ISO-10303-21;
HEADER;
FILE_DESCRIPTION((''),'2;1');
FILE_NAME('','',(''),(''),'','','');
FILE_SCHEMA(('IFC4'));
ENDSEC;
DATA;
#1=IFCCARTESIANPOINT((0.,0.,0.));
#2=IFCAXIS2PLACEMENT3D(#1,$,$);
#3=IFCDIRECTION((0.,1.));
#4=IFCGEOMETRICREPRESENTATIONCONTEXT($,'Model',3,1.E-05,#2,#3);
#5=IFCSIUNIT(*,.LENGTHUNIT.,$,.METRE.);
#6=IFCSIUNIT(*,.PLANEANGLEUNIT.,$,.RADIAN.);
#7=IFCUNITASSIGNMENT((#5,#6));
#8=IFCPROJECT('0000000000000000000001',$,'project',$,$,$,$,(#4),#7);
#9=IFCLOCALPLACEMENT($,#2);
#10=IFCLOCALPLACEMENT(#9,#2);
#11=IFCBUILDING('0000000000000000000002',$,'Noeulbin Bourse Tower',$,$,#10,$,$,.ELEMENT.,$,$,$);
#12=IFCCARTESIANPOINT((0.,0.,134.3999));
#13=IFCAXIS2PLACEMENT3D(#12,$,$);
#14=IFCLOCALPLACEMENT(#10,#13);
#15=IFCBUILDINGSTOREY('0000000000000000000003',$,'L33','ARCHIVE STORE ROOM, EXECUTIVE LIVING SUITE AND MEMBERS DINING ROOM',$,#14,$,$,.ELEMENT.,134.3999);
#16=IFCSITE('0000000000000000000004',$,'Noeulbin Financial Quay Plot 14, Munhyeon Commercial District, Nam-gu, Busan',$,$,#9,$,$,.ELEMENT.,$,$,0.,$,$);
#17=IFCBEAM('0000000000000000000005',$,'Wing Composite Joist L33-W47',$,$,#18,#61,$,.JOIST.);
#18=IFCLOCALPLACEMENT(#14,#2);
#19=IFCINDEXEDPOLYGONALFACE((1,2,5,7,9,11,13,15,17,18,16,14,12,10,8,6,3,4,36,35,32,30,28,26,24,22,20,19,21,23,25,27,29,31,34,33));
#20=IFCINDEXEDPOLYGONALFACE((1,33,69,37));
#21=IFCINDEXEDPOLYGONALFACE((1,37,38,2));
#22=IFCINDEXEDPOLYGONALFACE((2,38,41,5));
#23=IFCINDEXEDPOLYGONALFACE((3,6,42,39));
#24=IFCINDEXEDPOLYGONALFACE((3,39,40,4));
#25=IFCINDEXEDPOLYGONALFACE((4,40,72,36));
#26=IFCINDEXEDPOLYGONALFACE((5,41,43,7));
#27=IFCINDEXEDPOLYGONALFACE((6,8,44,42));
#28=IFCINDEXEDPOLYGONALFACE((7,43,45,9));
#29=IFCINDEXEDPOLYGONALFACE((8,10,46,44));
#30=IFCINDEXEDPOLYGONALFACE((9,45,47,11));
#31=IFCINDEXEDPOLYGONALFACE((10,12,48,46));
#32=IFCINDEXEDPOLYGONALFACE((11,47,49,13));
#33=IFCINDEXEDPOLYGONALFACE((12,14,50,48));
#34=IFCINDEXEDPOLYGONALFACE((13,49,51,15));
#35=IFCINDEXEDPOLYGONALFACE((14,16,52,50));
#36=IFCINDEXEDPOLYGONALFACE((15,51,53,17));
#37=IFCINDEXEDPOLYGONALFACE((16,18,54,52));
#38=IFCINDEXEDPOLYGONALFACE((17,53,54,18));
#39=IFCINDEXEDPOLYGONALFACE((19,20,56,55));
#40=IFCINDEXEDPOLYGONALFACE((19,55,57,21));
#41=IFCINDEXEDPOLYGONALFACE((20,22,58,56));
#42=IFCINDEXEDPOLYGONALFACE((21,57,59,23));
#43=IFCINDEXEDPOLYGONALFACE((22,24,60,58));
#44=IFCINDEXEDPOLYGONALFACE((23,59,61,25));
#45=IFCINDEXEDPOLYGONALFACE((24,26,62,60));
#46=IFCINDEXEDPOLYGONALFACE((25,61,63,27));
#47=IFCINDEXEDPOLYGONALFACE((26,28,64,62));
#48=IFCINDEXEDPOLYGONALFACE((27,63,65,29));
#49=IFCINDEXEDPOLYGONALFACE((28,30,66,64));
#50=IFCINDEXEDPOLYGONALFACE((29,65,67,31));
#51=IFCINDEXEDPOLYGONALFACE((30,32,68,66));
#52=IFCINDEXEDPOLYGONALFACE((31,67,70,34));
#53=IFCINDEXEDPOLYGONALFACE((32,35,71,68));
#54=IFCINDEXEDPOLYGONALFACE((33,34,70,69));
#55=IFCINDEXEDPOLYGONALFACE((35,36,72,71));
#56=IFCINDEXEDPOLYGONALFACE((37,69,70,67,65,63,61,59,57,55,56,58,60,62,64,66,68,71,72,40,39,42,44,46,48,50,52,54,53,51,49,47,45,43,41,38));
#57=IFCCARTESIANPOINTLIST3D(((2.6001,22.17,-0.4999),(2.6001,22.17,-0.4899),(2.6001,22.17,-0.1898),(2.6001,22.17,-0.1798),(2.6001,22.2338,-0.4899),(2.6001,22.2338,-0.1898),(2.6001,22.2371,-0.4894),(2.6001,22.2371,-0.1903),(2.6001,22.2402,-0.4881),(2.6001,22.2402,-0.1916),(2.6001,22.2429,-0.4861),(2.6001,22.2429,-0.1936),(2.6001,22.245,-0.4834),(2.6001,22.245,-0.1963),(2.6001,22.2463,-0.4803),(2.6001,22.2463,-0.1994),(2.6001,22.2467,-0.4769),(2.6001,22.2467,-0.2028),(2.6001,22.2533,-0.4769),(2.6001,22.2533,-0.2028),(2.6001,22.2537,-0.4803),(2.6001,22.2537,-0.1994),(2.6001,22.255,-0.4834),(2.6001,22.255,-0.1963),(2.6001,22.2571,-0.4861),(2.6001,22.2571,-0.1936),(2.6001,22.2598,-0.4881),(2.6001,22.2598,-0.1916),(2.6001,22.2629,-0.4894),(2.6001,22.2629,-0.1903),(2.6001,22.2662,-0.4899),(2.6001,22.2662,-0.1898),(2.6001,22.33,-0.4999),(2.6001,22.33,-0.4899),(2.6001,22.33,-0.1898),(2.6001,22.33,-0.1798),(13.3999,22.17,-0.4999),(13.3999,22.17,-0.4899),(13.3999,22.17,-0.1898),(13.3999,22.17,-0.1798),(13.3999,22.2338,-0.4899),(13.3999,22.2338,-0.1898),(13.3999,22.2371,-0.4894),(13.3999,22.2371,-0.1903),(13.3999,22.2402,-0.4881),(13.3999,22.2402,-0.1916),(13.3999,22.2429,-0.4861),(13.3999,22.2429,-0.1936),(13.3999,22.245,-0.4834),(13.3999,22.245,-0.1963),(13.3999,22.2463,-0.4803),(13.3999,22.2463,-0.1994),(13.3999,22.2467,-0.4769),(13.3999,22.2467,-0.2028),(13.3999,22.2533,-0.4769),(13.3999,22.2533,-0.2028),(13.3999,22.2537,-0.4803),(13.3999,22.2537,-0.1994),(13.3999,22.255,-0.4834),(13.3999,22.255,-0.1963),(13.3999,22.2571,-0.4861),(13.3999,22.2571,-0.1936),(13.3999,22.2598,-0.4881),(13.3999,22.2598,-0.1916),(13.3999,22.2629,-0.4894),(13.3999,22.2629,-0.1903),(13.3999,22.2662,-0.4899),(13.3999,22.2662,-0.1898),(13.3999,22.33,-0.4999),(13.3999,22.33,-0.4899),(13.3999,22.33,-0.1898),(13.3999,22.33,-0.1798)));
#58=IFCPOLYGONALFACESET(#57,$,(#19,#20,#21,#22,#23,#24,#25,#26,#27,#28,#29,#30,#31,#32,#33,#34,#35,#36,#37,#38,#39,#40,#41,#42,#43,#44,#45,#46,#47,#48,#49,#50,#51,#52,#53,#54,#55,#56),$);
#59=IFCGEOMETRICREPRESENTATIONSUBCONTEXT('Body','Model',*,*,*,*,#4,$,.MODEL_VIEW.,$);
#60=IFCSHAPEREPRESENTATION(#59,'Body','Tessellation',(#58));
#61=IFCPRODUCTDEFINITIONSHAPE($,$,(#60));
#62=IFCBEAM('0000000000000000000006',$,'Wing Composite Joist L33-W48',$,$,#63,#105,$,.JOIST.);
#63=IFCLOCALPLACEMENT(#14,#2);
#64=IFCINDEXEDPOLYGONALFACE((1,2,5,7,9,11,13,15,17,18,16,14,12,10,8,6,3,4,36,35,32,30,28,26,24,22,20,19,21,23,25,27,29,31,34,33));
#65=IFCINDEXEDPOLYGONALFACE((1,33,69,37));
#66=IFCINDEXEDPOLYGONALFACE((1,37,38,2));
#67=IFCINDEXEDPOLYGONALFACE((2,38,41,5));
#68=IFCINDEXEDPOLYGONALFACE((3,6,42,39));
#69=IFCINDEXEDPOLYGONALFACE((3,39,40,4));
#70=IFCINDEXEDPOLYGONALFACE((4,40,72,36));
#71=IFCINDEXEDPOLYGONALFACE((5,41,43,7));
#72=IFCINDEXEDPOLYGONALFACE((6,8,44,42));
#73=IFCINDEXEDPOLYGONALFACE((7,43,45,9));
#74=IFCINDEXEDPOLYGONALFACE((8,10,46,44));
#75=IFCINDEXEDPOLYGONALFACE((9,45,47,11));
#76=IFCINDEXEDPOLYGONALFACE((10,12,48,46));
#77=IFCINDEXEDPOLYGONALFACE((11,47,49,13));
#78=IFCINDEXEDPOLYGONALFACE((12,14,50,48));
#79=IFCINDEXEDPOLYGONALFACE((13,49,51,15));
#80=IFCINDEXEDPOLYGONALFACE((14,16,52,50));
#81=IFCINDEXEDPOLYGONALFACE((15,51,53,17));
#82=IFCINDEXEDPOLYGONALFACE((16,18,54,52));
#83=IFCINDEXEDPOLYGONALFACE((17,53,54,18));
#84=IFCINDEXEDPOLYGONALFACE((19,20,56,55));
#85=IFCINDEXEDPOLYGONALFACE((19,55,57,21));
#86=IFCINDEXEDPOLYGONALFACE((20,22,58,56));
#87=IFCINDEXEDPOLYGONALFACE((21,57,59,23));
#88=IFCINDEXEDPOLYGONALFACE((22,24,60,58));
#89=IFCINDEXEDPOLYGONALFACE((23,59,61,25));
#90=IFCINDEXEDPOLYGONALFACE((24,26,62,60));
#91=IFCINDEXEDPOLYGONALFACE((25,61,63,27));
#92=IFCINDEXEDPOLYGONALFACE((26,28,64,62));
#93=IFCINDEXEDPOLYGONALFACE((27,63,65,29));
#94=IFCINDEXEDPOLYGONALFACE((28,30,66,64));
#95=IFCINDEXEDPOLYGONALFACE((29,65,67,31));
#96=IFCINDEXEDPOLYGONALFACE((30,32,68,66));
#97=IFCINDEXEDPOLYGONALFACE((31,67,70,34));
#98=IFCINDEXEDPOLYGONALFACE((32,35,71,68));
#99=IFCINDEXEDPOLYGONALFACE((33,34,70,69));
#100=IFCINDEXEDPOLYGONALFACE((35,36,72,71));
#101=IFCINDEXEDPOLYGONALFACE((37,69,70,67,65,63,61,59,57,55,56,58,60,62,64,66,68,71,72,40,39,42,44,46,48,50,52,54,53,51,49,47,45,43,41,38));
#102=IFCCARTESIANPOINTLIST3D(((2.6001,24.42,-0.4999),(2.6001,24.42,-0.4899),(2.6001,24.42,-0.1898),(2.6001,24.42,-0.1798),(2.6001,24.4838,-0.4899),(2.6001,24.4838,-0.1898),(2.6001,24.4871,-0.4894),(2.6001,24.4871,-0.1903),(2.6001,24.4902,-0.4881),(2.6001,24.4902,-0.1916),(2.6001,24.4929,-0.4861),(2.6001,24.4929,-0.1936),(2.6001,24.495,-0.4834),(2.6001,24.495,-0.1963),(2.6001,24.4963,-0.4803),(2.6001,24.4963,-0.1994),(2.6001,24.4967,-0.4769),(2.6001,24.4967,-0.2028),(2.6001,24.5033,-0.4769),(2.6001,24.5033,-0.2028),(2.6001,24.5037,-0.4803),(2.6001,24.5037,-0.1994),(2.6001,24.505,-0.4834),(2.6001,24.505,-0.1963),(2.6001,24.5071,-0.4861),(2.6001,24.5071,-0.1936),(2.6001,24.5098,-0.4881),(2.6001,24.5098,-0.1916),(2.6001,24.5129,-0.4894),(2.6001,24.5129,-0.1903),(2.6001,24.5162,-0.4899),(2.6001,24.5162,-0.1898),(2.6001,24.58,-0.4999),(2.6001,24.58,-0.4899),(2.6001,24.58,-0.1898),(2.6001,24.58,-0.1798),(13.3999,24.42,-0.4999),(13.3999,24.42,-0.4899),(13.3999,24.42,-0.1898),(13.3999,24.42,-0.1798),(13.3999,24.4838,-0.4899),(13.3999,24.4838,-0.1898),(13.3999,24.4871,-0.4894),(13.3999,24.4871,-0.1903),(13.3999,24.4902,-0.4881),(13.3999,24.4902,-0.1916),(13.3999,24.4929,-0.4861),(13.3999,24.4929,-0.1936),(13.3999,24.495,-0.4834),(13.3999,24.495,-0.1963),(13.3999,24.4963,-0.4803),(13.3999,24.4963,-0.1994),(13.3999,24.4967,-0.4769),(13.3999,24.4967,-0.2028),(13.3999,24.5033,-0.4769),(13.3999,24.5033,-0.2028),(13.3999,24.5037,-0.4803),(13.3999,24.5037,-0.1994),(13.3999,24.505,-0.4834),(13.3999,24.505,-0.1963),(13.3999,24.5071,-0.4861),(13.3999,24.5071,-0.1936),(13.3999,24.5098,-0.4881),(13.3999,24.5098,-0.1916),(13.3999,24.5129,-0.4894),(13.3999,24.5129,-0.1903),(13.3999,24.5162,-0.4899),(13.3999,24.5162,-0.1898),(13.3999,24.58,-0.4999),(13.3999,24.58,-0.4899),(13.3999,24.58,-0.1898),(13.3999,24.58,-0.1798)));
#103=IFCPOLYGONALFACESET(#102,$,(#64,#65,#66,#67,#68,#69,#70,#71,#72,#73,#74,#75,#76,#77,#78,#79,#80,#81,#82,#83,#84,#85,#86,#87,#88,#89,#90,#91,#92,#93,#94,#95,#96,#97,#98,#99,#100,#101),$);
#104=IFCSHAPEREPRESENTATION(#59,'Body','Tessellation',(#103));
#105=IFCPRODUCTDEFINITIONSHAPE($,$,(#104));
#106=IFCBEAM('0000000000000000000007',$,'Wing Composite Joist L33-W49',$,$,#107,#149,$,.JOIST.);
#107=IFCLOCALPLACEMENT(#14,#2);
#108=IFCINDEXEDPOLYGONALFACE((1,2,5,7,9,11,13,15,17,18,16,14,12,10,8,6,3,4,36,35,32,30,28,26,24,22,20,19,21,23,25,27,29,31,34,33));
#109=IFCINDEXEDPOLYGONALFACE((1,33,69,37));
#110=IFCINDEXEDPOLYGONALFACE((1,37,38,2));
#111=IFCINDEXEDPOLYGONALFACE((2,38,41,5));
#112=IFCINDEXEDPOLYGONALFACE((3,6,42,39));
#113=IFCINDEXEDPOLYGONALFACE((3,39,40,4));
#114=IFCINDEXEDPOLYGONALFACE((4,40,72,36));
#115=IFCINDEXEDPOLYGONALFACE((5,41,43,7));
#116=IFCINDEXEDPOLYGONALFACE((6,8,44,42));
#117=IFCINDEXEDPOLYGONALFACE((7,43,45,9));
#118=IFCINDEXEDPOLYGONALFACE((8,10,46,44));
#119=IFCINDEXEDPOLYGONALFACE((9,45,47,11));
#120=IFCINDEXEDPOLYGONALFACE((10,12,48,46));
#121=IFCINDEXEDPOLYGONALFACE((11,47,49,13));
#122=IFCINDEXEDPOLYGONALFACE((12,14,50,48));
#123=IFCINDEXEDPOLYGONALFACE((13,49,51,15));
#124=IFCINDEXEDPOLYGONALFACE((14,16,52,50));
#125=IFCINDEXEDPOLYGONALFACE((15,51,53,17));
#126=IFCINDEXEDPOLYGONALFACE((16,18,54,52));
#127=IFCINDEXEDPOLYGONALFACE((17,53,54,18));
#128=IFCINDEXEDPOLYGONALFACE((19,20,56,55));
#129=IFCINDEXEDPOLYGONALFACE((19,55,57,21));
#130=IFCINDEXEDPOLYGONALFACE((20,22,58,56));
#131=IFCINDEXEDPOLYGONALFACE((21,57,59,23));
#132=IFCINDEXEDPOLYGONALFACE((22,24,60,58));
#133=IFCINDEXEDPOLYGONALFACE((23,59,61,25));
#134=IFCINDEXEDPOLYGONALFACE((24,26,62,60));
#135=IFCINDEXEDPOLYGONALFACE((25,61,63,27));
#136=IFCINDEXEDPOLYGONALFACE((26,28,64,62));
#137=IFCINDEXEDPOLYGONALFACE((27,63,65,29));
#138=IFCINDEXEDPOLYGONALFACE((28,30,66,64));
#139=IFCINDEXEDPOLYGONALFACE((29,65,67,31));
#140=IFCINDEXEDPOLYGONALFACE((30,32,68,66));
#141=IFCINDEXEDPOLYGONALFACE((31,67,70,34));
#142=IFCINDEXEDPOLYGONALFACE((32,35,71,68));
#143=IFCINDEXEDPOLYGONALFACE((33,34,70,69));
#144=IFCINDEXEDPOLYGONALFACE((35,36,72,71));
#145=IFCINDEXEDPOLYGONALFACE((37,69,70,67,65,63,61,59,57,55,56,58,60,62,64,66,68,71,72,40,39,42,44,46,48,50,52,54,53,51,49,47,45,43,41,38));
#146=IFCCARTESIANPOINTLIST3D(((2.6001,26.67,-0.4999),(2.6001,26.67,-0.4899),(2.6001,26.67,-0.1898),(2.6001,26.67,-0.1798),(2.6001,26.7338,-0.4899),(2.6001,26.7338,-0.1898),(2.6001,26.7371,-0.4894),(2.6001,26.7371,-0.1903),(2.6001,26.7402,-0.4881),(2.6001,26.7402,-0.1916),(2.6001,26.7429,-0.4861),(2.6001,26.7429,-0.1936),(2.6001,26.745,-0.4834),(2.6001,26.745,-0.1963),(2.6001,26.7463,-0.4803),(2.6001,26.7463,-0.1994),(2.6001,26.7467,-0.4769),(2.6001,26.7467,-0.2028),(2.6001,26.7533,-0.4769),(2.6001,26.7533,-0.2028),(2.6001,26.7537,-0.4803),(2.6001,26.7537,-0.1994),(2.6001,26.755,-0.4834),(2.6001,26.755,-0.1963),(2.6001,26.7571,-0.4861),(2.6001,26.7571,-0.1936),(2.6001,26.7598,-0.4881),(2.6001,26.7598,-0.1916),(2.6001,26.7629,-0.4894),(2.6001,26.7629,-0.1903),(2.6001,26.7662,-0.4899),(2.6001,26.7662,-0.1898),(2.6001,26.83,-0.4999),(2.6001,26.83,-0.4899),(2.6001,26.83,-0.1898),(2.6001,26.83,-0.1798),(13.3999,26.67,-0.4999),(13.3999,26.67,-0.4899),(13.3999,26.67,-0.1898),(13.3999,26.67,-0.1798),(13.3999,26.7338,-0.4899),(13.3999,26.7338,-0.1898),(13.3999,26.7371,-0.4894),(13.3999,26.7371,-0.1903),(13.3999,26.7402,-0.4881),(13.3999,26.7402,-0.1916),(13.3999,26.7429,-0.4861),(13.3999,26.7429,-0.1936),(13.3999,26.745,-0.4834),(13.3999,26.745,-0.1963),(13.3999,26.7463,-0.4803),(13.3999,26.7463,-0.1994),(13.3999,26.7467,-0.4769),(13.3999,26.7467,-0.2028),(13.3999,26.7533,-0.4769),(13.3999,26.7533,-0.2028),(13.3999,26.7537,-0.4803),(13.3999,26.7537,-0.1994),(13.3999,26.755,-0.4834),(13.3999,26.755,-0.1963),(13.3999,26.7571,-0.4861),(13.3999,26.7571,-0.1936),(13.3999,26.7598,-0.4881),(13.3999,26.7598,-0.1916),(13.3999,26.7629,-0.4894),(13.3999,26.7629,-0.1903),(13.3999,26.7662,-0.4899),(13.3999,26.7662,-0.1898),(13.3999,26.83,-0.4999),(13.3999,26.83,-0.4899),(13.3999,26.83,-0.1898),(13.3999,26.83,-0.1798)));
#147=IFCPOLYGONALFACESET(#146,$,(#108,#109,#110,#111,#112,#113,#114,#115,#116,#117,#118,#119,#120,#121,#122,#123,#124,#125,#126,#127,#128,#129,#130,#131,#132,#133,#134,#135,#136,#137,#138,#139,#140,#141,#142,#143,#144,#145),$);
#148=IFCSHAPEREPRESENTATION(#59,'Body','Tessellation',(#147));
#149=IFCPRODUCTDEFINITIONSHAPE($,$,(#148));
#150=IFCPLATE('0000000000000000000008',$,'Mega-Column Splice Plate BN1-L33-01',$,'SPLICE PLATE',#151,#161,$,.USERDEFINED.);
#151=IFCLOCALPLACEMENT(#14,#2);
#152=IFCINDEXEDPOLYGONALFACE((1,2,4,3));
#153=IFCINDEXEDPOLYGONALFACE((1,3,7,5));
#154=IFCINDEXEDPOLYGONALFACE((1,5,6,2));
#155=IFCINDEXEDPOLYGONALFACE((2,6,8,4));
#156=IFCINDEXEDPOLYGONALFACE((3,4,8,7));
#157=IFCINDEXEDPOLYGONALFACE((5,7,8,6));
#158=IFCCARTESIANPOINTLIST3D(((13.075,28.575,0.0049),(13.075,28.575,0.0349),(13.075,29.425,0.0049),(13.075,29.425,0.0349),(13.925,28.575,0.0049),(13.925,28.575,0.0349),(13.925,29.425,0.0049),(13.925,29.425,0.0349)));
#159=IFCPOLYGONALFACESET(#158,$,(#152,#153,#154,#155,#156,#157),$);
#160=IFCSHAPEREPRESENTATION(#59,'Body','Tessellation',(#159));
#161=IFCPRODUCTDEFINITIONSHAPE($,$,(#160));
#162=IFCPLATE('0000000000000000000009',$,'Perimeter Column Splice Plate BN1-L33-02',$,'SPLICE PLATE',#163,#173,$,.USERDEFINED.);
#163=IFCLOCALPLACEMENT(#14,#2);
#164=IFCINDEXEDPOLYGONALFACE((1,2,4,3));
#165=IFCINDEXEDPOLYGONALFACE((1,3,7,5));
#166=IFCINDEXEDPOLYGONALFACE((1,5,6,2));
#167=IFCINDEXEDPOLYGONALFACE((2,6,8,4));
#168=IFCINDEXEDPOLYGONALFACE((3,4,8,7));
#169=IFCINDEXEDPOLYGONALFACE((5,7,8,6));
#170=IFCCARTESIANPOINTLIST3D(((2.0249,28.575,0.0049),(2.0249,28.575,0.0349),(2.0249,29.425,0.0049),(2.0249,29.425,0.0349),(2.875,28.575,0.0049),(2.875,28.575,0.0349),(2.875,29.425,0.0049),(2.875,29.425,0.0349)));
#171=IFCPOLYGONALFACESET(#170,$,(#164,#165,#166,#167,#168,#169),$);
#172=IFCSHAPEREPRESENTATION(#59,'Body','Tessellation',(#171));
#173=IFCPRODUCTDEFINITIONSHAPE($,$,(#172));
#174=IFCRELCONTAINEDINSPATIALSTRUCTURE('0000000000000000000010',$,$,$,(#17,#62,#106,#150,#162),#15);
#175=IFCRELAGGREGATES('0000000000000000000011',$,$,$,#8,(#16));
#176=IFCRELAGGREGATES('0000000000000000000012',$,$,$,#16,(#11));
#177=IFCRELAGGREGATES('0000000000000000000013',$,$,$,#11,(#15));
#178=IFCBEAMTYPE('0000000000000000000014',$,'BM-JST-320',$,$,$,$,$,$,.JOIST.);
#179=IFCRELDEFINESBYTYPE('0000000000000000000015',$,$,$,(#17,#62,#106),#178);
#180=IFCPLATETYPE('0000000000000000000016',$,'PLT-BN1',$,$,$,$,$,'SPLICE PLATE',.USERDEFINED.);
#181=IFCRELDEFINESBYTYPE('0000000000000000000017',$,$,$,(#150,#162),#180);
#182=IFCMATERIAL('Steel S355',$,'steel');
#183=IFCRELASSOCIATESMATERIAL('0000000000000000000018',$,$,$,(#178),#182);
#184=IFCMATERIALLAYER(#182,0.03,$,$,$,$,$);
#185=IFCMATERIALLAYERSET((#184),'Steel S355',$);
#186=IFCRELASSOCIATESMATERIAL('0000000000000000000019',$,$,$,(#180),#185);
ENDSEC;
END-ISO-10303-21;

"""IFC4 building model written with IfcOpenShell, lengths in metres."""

from ifc_helpers import new_model, si_unit, direction, frame, origin, origin_2d, place, context, subcontext, project, spatial, rectangle, i_section, extrude, material, layer, layer_set, material_profile, profile_set, type_object, element, save


model = new_model("IFC4")

# Units and contexts
model_context = context("Model", 3, precision=1e-05, world=origin(), true_north=direction((0.0, 1.0)))
body_context = subcontext(model_context, "Body", "Model", "MODEL_VIEW")
ifc_project = project(units=[si_unit("LENGTHUNIT", "METRE"), si_unit("PLANEANGLEUNIT", "RADIAN")], contexts=[model_context])

# Site, building, storey
site_placement = place(None, origin())
site = spatial("IfcSite", under=ifc_project, at=site_placement, Name="Noeulbin Financial Quay Plot 14, Munhyeon Commercial District, Nam-gu, Busan", CompositionType="ELEMENT", RefElevation=0.0)
building_placement = place(site_placement, origin())
building = spatial("IfcBuilding", under=site, at=building_placement, Name="Noeulbin Bourse Tower", CompositionType="ELEMENT")
storey_placement = place(building_placement, frame((0.0, 0.0, 134.3999)))
storey = spatial("IfcBuildingStorey", under=building, at=storey_placement, Name="L33", Description="ARCHIVE STORE ROOM, EXECUTIVE LIVING SUITE AND MEMBERS DINING ROOM", CompositionType="ELEMENT", Elevation=134.3999)

# Beams
ifc_material_1 = material(Name="Steel S355", Category="steel")
ifc_material_profile_1 = material_profile(ifc_material_1, i_section(OverallWidth=0.1599, OverallDepth=0.3201, WebThickness=0.0066, FlangeThickness=0.01, FilletRadius=0.0129, at=origin_2d()), Name="H-320x160x6.5x10", Category="LoadBearing")
ifc_profile_set_1 = profile_set([ifc_material_profile_1], Name="Steel S355")
beam_type_1 = type_object("IfcBeamType", Name="BM-JST-320", PredefinedType="JOIST", material=ifc_profile_set_1)
for number, where, z_axis, x_axis, name in (
    (1, (2.6001, 22.25, -0.3398), (1.0, 0.0, 0.0), (0.0, 1.0, 0.0), "Wing Composite Joist L33-W47"),
    (2, (2.6001, 24.5, -0.3398), (1.0, 0.0, 0.0), (0.0, 1.0, 0.0), "Wing Composite Joist L33-W48"),
    (3, (2.6001, 26.75, -0.3398), (1.0, 0.0, 0.0), (0.0, 1.0, 0.0), "Wing Composite Joist L33-W49"),
):
    element("IfcBeam", number, at=place(storey_placement, frame(where, z_axis=z_axis, x_axis=x_axis)), inside=storey, type_object=beam_type_1, Name=name, PredefinedType="JOIST", context=body_context, shape_type="SweptSolid", body=[
        extrude(i_section(OverallWidth=0.1599, OverallDepth=0.3201, WebThickness=0.0066, FlangeThickness=0.01, FilletRadius=0.0129, at=origin_2d()), origin(), (0.0, 0.0, 1.0), 10.7998),
    ])

# Plates
ifc_layer_1 = layer(ifc_material_1, 0.03)
ifc_layer_set_1 = layer_set([ifc_layer_1], Name="Steel S355")
plate_type = type_object("IfcPlateType", Name="PLT-BN1", ElementType="SPLICE PLATE", PredefinedType="USERDEFINED", material=ifc_layer_set_1)
for number, where, z_axis, x_axis, name in (
    (4, (13.5, 29.0, 0.0049), (0.0, 0.0, 1.0), (1.0, 0.0, 0.0), "Mega-Column Splice Plate BN1-L33-01"),
    (5, (2.45, 29.0, 0.0049), (0.0, 0.0, 1.0), (1.0, 0.0, 0.0), "Perimeter Column Splice Plate BN1-L33-02"),
):
    element("IfcPlate", number, at=place(storey_placement, frame(where, z_axis=z_axis, x_axis=x_axis)), inside=storey, type_object=plate_type, Name=name, ObjectType="SPLICE PLATE", PredefinedType="USERDEFINED", context=body_context, shape_type="SweptSolid", body=[
        extrude(rectangle(XDim=0.8501, YDim=0.8501, at=origin_2d()), origin(), (0.0, 0.0, 1.0), 0.03),
    ])

save(model, "model.ifc")
